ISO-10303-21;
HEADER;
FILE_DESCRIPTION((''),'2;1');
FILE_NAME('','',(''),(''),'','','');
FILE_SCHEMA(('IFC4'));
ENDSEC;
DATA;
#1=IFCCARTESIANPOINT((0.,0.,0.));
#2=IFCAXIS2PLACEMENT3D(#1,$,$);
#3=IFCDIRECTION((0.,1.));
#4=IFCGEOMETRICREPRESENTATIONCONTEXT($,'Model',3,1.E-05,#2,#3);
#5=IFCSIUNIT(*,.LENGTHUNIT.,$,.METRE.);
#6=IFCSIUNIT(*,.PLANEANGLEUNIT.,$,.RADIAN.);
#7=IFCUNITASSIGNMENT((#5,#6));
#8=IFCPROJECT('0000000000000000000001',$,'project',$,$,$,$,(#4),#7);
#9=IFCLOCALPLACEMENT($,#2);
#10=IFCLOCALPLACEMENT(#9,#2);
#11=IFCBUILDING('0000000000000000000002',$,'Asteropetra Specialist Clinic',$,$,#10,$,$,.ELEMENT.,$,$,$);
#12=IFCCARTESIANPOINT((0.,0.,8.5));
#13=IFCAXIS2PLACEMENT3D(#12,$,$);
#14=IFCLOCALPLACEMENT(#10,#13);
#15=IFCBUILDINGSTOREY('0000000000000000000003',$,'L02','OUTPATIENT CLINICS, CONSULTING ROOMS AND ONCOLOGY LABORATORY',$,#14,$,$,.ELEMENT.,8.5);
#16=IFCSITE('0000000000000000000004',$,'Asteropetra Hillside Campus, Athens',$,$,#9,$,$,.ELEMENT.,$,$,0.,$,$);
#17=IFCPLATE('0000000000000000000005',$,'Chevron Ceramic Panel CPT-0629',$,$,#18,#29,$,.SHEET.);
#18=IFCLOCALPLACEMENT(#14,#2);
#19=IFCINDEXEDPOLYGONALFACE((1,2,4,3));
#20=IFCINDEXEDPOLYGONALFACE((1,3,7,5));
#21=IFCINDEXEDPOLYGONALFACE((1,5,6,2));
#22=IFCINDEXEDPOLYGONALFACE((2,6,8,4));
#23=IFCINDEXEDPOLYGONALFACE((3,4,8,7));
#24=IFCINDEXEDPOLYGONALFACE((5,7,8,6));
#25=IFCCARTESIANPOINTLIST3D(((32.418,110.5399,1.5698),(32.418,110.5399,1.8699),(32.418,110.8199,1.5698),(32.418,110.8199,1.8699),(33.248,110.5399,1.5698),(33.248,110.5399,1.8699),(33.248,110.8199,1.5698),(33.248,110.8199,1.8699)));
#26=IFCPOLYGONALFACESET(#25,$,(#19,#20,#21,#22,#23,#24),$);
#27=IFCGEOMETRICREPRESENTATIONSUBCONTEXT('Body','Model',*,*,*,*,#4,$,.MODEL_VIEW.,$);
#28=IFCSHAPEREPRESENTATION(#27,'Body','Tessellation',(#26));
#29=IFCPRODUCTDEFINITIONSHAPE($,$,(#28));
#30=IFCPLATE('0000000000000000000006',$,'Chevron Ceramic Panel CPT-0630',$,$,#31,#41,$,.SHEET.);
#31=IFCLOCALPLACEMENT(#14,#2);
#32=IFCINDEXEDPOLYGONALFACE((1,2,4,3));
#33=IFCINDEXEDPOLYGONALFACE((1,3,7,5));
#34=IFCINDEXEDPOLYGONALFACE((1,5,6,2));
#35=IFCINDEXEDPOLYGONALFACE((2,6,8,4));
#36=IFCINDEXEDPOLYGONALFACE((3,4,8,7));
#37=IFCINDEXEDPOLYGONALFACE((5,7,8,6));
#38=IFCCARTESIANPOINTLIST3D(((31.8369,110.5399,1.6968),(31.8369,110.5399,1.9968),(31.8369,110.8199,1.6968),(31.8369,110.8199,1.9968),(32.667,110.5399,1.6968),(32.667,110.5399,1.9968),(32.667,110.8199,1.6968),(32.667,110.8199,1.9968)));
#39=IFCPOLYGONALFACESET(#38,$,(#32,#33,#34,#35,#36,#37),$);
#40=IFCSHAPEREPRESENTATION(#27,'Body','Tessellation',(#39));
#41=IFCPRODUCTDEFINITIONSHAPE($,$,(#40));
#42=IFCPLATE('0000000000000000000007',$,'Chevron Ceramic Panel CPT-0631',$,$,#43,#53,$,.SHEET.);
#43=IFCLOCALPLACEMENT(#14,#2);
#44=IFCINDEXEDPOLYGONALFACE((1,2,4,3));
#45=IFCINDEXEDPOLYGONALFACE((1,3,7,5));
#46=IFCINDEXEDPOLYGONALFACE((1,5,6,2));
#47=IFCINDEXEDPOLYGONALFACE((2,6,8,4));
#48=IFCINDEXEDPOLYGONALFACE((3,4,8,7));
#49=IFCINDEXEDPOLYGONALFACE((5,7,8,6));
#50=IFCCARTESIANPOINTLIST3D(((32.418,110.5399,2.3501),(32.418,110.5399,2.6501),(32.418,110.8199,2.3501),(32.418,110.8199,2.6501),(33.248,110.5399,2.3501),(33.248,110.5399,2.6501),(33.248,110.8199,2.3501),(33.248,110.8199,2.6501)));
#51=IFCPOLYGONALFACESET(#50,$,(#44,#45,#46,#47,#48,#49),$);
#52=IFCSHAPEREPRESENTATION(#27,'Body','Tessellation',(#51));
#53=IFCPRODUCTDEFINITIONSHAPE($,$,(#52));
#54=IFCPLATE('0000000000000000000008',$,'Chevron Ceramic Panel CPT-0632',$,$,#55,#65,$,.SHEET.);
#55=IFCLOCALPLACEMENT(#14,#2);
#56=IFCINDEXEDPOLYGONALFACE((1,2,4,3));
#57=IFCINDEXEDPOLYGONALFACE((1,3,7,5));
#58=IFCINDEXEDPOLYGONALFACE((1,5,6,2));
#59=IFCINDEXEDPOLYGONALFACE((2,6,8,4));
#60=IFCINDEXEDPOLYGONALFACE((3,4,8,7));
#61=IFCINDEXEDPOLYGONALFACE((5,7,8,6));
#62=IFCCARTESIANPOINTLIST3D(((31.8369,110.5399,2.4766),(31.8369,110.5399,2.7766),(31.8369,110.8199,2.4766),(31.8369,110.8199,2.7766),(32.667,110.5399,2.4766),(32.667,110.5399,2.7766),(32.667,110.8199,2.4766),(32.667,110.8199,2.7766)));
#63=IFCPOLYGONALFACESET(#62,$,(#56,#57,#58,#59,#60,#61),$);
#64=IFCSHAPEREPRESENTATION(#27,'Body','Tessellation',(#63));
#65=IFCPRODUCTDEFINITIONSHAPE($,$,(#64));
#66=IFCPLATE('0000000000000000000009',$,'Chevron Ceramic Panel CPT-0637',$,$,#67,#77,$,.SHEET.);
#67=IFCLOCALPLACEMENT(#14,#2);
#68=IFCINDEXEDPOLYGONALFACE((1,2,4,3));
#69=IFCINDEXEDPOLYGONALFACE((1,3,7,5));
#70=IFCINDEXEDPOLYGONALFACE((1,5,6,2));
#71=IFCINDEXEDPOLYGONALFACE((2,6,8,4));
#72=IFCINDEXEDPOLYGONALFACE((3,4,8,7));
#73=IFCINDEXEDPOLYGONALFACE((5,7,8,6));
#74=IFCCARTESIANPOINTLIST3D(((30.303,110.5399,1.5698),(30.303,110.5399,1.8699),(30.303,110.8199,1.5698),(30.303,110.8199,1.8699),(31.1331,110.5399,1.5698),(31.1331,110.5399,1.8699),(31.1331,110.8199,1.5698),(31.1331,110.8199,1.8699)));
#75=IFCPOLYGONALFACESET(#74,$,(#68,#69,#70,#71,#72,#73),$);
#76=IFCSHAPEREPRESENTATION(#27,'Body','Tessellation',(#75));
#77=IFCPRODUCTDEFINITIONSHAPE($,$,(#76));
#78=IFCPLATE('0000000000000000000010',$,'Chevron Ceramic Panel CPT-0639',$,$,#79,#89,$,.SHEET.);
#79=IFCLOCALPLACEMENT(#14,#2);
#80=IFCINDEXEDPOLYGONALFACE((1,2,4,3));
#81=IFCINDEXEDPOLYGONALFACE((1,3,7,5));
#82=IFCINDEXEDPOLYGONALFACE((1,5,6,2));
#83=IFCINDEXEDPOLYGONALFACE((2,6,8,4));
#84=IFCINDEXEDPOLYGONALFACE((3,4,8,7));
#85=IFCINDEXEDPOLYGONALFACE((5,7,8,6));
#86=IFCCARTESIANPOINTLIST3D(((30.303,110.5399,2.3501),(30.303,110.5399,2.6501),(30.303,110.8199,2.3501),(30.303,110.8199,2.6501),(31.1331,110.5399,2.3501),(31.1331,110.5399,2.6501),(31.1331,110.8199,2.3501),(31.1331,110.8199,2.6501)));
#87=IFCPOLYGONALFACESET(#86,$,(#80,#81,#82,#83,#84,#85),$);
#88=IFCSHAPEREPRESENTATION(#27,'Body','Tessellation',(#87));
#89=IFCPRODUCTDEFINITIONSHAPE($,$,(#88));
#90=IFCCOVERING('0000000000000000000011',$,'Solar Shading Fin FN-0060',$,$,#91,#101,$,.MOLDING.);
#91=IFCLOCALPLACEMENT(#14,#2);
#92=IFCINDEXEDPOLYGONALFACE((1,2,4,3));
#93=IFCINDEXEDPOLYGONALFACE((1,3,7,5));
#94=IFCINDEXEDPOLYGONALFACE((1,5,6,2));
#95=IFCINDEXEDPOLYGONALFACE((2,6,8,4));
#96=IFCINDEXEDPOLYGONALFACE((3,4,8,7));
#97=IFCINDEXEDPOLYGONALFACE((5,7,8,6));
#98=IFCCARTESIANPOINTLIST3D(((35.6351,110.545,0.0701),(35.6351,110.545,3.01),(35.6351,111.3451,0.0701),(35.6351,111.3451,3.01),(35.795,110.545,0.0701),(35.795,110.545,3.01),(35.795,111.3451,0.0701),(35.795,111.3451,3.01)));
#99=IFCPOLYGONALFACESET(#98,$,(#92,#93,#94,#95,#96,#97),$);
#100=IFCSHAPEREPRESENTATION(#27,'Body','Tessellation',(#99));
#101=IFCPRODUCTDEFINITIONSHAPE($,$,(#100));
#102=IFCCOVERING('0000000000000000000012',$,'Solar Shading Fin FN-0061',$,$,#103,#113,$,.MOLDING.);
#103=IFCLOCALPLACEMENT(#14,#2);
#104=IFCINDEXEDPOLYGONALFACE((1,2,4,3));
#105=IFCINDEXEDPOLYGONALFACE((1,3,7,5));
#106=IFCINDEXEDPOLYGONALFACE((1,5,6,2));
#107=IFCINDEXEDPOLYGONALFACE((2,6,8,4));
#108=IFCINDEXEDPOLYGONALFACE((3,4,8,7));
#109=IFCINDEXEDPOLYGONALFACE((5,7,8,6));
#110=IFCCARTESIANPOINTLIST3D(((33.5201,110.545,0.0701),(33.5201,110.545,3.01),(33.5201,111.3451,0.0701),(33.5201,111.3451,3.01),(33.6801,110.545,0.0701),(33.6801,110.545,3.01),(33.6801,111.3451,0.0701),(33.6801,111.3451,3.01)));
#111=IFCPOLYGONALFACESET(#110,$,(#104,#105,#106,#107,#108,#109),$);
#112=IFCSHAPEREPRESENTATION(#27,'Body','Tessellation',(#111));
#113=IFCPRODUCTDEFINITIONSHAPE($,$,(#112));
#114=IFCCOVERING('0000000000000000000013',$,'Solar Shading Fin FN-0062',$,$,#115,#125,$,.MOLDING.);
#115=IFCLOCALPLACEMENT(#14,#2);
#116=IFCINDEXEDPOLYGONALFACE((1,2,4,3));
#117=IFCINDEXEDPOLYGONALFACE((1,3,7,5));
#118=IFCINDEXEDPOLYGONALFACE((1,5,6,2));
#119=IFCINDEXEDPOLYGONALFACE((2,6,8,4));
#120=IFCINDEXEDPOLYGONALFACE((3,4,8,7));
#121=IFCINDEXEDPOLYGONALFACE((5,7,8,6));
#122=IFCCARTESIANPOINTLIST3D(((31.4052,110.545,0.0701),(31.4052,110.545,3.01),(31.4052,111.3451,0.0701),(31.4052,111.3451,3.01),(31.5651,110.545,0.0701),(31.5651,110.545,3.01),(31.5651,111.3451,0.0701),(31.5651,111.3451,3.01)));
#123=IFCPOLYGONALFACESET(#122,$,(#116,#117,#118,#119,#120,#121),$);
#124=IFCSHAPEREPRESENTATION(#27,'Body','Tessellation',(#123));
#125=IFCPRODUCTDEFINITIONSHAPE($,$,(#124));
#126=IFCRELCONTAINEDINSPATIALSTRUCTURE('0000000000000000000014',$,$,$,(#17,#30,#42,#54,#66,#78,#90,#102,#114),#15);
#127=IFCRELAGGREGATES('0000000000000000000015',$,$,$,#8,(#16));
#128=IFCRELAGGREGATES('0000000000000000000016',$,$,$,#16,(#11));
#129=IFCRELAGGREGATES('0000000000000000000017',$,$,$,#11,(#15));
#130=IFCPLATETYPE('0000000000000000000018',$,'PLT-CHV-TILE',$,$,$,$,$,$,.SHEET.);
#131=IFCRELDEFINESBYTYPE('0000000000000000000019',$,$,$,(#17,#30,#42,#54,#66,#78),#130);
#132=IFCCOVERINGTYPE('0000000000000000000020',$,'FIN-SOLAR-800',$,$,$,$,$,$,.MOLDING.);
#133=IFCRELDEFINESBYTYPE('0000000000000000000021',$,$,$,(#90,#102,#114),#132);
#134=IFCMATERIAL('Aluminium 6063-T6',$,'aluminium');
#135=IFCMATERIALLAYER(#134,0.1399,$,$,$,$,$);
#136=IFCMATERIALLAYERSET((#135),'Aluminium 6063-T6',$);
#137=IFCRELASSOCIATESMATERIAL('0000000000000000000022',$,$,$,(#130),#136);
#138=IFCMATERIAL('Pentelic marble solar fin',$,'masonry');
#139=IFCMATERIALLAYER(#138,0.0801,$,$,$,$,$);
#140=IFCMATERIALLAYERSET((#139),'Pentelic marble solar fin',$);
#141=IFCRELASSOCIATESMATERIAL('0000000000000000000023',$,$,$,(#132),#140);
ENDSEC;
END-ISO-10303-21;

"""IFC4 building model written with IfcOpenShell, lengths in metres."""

from ifc_helpers import new_model, si_unit, direction, frame, origin, origin_2d, place, context, subcontext, project, spatial, rectangle, extrude, material, layer, layer_set, type_object, element, save


model = new_model("IFC4")

# Units and contexts
model_context = context("Model", 3, precision=1e-05, world=origin(), true_north=direction((0.0, 1.0)))
body_context = subcontext(model_context, "Body", "Model", "MODEL_VIEW")
ifc_project = project(units=[si_unit("LENGTHUNIT", "METRE"), si_unit("PLANEANGLEUNIT", "RADIAN")], contexts=[model_context])

# Site, building, storey
site_placement = place(None, origin())
site = spatial("IfcSite", under=ifc_project, at=site_placement, Name="Asteropetra Hillside Campus, Athens", CompositionType="ELEMENT", RefElevation=0.0)
building_placement = place(site_placement, origin())
building = spatial("IfcBuilding", under=site, at=building_placement, Name="Asteropetra Specialist Clinic", CompositionType="ELEMENT")
storey_placement = place(building_placement, frame((0.0, 0.0, 8.5)))
storey = spatial("IfcBuildingStorey", under=building, at=storey_placement, Name="L02", Description="OUTPATIENT CLINICS, CONSULTING ROOMS AND ONCOLOGY LABORATORY", CompositionType="ELEMENT", Elevation=8.5)

# Plates
ifc_material_1 = material(Name="Aluminium 6063-T6", Category="aluminium")
ifc_layer_1 = layer(ifc_material_1, 0.1399)
ifc_layer_set_1 = layer_set([ifc_layer_1], Name="Aluminium 6063-T6")
plate_type_1 = type_object("IfcPlateType", Name="PLT-CHV-TILE", PredefinedType="SHEET", material=ifc_layer_set_1)
for number, where, z_axis, x_axis, name in (
    (1, (32.833, 110.6799, 1.5698), (0.0, 0.0, 1.0), (1.0, 0.0, 0.0), "Chevron Ceramic Panel CPT-0629"),
    (2, (32.252, 110.6799, 1.6968), (0.0, 0.0, 1.0), (1.0, 0.0, 0.0), "Chevron Ceramic Panel CPT-0630"),
    (3, (32.833, 110.6799, 2.3501), (0.0, 0.0, 1.0), (1.0, 0.0, 0.0), "Chevron Ceramic Panel CPT-0631"),
    (4, (32.252, 110.6799, 2.4766), (0.0, 0.0, 1.0), (1.0, 0.0, 0.0), "Chevron Ceramic Panel CPT-0632"),
    (5, (30.718, 110.6799, 1.5698), (0.0, 0.0, 1.0), (1.0, 0.0, 0.0), "Chevron Ceramic Panel CPT-0637"),
    (6, (30.718, 110.6799, 2.3501), (0.0, 0.0, 1.0), (1.0, 0.0, 0.0), "Chevron Ceramic Panel CPT-0639"),
):
    element("IfcPlate", number, at=place(storey_placement, frame(where, z_axis=z_axis, x_axis=x_axis)), inside=storey, type_object=plate_type_1, Name=name, PredefinedType="SHEET", context=body_context, shape_type="SweptSolid", body=[
        extrude(rectangle(XDim=0.8301, YDim=0.28, at=origin_2d()), origin(), (0.0, 0.0, 1.0), 0.3),
    ])

# Coverings
ifc_material_2 = material(Name="Pentelic marble solar fin", Category="masonry")
ifc_layer_2 = layer(ifc_material_2, 0.0801)
ifc_layer_set_2 = layer_set([ifc_layer_2], Name="Pentelic marble solar fin")
covering_type = type_object("IfcCoveringType", Name="FIN-SOLAR-800", PredefinedType="MOLDING", material=ifc_layer_set_2)
for number, where, z_axis, x_axis, name in (
    (7, (35.7151, 110.9451, 0.0701), (0.0, 0.0, 1.0), (1.0, 0.0, 0.0), "Solar Shading Fin FN-0060"),
    (8, (33.6001, 110.9451, 0.0701), (0.0, 0.0, 1.0), (1.0, 0.0, 0.0), "Solar Shading Fin FN-0061"),
    (9, (31.4851, 110.9451, 0.0701), (0.0, 0.0, 1.0), (1.0, 0.0, 0.0), "Solar Shading Fin FN-0062"),
):
    element("IfcCovering", number, at=place(storey_placement, frame(where, z_axis=z_axis, x_axis=x_axis)), inside=storey, type_object=covering_type, Name=name, PredefinedType="MOLDING", context=body_context, shape_type="SweptSolid", body=[
        extrude(rectangle(XDim=0.1599, YDim=0.8, at=origin_2d()), origin(), (0.0, 0.0, 1.0), 2.9399),
    ])

save(model, "model.ifc")
